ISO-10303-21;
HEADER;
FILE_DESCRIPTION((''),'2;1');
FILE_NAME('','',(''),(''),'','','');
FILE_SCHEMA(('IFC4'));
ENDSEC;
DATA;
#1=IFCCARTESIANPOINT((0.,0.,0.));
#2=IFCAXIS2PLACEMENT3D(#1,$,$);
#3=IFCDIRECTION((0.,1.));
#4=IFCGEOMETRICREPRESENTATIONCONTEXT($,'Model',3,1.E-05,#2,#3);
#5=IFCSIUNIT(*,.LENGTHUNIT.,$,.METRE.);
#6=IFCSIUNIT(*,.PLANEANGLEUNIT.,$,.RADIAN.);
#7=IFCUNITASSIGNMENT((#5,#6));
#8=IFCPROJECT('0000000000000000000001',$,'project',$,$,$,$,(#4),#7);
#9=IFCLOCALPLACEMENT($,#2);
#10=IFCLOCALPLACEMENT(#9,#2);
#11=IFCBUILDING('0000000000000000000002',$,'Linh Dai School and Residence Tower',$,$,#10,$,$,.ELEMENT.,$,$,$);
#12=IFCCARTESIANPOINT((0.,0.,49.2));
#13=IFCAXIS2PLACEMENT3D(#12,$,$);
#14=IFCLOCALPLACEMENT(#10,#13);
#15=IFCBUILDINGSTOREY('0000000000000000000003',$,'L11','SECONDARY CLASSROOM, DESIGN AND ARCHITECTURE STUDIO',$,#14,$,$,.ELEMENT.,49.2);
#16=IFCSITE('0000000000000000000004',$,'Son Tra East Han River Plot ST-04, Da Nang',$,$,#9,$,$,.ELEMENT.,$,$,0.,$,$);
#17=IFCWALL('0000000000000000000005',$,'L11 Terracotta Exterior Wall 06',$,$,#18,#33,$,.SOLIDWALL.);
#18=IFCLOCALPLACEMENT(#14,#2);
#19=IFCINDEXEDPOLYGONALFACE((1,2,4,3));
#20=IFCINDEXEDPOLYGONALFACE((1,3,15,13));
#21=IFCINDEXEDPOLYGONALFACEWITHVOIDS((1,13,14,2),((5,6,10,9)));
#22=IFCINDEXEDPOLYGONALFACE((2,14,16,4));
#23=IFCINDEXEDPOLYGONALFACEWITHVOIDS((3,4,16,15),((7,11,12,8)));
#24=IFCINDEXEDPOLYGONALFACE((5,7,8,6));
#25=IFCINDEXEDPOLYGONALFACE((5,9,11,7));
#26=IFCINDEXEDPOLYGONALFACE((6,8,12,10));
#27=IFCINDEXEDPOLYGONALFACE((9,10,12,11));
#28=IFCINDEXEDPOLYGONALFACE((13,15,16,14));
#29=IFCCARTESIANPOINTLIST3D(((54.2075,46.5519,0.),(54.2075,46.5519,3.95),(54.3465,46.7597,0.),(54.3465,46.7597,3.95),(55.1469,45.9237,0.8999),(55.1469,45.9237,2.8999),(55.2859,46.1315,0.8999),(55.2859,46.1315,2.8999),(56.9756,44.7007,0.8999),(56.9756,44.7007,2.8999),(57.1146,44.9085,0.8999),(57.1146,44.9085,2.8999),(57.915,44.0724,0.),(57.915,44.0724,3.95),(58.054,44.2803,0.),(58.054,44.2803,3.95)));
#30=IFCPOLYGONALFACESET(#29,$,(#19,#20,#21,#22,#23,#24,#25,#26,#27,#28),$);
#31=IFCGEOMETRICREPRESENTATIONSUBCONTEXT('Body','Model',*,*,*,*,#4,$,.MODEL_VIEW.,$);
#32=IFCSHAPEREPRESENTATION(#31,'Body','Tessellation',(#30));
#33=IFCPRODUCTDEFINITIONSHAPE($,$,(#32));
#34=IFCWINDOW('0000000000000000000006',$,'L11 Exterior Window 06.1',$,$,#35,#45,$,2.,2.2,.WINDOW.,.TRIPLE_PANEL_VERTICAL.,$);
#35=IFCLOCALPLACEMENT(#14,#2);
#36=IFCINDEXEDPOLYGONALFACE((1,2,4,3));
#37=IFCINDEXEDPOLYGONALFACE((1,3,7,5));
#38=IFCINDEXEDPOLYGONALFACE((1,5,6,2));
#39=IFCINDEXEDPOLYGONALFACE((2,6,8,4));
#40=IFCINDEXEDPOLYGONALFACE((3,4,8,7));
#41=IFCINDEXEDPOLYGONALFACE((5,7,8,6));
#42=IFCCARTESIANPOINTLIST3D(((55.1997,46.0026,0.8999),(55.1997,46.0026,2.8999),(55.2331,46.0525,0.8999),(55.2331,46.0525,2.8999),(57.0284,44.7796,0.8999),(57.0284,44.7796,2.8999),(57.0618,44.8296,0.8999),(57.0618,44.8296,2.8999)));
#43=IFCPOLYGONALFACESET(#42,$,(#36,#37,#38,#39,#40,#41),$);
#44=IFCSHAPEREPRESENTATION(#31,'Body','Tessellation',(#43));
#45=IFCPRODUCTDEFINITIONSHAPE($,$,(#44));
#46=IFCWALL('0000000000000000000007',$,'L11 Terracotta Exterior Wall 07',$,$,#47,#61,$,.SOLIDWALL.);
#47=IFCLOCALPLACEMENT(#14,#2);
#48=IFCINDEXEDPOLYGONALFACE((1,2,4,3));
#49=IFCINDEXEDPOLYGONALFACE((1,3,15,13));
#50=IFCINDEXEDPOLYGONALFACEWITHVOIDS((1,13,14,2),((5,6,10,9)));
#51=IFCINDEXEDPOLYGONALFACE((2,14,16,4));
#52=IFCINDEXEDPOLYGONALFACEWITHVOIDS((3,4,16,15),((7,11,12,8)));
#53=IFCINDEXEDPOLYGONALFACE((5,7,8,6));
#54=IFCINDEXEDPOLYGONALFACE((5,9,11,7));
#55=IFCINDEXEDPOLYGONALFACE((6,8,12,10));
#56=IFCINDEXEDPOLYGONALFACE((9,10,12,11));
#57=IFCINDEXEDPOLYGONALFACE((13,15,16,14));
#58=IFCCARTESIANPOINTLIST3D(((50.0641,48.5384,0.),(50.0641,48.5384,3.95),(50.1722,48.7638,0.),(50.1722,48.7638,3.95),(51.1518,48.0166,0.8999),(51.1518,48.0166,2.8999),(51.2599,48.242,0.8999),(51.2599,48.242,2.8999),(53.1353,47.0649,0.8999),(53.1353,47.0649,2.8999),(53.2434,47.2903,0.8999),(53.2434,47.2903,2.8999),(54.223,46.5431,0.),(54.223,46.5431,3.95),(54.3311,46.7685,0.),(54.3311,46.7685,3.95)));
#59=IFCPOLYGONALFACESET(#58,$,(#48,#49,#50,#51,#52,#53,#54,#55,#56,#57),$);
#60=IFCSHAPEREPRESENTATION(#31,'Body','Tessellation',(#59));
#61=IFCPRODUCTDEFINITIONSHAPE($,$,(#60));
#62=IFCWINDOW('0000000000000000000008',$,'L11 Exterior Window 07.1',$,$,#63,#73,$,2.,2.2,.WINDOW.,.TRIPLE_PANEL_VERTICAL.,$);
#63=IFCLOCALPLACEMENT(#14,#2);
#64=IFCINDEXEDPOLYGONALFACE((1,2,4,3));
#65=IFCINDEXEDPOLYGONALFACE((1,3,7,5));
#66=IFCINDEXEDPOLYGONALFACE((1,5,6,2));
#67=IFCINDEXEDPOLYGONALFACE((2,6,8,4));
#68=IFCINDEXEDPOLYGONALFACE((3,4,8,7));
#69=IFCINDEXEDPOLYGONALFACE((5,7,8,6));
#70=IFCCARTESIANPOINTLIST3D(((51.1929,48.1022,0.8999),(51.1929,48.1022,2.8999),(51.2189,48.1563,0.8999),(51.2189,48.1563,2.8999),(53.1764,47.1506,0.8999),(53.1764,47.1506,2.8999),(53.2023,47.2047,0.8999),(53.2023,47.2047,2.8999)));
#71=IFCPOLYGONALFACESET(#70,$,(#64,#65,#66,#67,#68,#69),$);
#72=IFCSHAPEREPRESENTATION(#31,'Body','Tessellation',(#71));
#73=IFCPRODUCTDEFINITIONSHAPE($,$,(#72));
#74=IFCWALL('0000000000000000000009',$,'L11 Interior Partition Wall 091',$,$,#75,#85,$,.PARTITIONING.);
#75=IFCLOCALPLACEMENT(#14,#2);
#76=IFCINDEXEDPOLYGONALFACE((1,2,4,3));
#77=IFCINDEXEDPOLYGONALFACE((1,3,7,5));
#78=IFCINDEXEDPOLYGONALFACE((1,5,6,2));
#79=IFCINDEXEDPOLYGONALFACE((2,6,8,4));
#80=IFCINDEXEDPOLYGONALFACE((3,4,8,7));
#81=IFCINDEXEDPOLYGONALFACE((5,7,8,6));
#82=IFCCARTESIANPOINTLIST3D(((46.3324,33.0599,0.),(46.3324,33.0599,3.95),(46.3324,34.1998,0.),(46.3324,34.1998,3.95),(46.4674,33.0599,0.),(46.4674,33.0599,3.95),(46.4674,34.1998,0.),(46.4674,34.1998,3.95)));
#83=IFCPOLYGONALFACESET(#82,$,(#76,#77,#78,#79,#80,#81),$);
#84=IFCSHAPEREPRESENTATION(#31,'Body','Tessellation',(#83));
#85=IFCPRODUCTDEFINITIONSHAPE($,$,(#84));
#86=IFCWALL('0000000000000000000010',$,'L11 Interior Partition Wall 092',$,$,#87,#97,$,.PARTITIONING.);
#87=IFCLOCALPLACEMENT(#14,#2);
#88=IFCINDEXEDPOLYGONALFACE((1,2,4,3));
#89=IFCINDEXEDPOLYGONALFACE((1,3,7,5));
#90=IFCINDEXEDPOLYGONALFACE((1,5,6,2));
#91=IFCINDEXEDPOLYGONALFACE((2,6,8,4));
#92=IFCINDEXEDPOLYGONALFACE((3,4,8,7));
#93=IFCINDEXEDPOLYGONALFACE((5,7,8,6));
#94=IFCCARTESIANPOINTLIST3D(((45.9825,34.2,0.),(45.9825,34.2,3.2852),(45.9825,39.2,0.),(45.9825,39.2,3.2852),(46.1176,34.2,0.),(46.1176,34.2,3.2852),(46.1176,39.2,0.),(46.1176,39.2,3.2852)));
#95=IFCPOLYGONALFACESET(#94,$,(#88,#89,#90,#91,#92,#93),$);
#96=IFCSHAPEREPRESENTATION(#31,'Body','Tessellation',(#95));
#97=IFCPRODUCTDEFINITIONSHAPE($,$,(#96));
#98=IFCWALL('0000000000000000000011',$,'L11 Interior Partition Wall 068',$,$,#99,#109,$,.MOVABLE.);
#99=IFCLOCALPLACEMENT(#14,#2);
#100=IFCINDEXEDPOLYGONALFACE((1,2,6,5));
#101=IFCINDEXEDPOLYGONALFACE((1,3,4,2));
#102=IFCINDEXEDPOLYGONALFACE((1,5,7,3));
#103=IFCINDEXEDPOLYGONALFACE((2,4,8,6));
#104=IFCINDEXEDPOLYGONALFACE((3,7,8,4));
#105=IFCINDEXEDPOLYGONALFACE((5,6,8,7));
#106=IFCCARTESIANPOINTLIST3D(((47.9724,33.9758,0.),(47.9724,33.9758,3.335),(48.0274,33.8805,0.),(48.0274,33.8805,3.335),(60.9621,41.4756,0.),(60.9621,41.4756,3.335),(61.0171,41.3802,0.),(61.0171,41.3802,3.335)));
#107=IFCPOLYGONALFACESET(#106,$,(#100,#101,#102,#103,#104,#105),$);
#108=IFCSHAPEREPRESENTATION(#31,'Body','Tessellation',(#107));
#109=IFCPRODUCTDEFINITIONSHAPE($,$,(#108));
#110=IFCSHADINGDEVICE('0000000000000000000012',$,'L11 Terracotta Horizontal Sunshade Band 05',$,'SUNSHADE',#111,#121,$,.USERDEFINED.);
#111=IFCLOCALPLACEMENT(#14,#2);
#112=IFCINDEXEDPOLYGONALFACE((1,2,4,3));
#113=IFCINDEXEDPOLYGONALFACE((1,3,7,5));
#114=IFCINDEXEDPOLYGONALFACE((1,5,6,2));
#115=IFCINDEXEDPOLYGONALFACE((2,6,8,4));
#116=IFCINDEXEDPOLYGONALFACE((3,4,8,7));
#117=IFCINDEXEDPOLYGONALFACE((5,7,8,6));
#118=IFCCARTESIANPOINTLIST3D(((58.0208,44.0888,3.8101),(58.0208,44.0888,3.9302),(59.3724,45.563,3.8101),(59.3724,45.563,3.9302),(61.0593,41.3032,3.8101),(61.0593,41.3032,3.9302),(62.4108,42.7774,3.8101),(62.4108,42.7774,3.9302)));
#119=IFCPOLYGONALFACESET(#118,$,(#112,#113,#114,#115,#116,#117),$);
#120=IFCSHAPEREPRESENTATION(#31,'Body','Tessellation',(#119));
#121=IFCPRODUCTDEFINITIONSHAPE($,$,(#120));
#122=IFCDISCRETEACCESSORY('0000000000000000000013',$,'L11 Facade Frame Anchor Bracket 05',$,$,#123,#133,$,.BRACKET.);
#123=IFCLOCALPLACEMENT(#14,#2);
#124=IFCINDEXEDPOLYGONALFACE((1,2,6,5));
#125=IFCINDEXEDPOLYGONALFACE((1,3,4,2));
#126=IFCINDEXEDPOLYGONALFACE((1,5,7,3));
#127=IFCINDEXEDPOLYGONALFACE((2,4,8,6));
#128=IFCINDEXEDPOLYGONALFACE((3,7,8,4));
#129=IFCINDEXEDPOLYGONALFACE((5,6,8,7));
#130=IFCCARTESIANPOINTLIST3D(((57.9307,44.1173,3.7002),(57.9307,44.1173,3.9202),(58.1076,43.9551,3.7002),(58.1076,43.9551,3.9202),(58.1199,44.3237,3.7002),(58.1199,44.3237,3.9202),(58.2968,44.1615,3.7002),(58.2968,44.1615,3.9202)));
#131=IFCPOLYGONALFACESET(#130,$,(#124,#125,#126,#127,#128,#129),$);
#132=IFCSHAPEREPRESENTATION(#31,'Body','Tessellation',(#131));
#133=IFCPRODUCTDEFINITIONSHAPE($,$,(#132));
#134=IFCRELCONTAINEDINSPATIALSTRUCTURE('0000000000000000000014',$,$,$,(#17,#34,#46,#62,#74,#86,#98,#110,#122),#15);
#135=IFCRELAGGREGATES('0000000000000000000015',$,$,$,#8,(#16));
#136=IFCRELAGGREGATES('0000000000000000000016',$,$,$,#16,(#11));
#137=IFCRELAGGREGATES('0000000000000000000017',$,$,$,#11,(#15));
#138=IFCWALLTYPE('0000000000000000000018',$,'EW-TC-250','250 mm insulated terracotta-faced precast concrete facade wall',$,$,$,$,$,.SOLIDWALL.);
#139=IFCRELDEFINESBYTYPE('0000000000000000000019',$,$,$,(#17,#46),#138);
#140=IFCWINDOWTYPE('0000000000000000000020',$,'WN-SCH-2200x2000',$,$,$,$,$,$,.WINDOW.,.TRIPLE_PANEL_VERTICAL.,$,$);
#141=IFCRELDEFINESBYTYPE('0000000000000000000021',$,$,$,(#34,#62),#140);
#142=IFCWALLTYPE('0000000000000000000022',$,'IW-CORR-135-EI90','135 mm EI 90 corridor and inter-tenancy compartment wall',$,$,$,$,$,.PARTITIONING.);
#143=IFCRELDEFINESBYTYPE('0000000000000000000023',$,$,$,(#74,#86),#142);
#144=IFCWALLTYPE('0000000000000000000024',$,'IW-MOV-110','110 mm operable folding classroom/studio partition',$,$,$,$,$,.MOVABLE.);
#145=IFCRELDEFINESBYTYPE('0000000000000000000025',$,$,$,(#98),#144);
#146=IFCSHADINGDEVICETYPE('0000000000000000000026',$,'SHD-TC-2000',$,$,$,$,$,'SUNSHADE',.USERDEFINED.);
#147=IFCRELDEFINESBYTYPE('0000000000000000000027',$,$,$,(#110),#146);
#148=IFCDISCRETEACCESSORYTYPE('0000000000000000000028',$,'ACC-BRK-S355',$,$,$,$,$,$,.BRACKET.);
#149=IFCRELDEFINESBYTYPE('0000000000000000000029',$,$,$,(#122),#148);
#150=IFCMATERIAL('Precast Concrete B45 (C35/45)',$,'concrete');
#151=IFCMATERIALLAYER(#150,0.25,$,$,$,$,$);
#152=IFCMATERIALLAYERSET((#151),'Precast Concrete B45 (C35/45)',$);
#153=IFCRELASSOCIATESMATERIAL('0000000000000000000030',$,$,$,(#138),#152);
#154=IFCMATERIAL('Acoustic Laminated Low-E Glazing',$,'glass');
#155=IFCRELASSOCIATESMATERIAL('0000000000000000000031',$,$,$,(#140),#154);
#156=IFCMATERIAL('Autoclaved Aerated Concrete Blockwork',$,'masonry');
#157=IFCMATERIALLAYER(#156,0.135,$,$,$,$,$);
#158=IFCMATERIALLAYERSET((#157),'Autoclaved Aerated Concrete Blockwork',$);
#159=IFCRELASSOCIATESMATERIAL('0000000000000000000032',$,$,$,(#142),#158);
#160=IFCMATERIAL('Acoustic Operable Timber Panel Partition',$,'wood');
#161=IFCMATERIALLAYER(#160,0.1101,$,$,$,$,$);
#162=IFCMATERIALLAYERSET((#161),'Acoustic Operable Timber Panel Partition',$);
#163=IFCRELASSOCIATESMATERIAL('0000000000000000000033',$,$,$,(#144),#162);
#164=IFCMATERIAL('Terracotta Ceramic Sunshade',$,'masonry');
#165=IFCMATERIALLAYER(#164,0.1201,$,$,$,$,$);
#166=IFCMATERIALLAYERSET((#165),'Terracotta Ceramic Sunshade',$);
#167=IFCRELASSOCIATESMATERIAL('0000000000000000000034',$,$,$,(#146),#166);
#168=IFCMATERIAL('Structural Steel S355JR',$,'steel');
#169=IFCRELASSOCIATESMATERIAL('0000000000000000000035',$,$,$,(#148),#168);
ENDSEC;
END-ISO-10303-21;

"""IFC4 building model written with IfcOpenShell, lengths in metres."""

from ifc_helpers import new_model, si_unit, direction, frame, frame_2d, origin, origin_2d, place, context, subcontext, project, spatial, rectangle, extrude, source, transform, mapped, material, layer, layer_set, type_object, element, fill, save


model = new_model("IFC4")

# Units and contexts
model_context = context("Model", 3, precision=1e-05, world=origin(), true_north=direction((0.0, 1.0)))
body_context = subcontext(model_context, "Body", "Model", "MODEL_VIEW")
ifc_project = project(units=[si_unit("LENGTHUNIT", "METRE"), si_unit("PLANEANGLEUNIT", "RADIAN")], contexts=[model_context])

# Site, building, storey
site_placement = place(None, origin())
site = spatial("IfcSite", under=ifc_project, at=site_placement, Name="Son Tra East Han River Plot ST-04, Da Nang", CompositionType="ELEMENT", RefElevation=0.0)
building_placement = place(site_placement, origin())
building = spatial("IfcBuilding", under=site, at=building_placement, Name="Linh Dai School and Residence Tower", CompositionType="ELEMENT")
storey_placement = place(building_placement, frame((0.0, 0.0, 49.2)))
storey = spatial("IfcBuildingStorey", under=building, at=storey_placement, Name="L11", Description="SECONDARY CLASSROOM, DESIGN AND ARCHITECTURE STUDIO", CompositionType="ELEMENT", Elevation=49.2)

# Shared definitions
ifc_material_1 = material(Name="Structural Steel S355JR", Category="steel")

# Shared definitions
ifc_material_2 = material(Name="Precast Concrete B45 (C35/45)", Category="concrete")

# Shared definitions
ifc_layer_1 = layer(ifc_material_2, 0.25)
ifc_layer_set_1 = layer_set([ifc_layer_1], Name="Precast Concrete B45 (C35/45)")
wall_type_1 = type_object("IfcWallType", Name="EW-TC-250", Description="250 mm insulated terracotta-faced precast concrete facade wall", PredefinedType="SOLIDWALL", material=ifc_layer_set_1)

# Shared definitions
ifc_material_3 = material(Name="Acoustic Laminated Low-E Glazing", Category="glass")
window_type = type_object("IfcWindowType", Name="WN-SCH-2200x2000", PartitioningType="TRIPLE_PANEL_VERTICAL", PredefinedType="WINDOW", material=ifc_material_3)
shared_shape_1 = source(origin(), body_context, "Body", "SweptSolid", [
    extrude(rectangle(XDim=2.2, YDim=2.0, at=origin_2d()), frame((1.1001, 0.03, 1.0), z_axis=(0.0, -1.0, 0.0), x_axis=(1.0, 0.0, 0.0)), (0.0, 0.0, 1.0), 0.0601),
])

# Walls, openings, windows
wall_1_placement = place(storey_placement, frame((54.2771, 46.6558, 0.0), z_axis=(0.0, 0.0, 1.0), x_axis=(0.831241, -0.555912, 0.0)))
wall_1 = element("IfcWall", 1, at=wall_1_placement, inside=storey, type_object=wall_type_1, Name="L11 Terracotta Exterior Wall 06", PredefinedType="SOLIDWALL", context=body_context, shape_type="SweptSolid", body=[
    extrude(rectangle(XDim=4.4602, YDim=0.25, at=frame_2d((2.23, 0.0))), origin(), (0.0, 0.0, 1.0), 3.95),
])
opening_1_placement = place(wall_1_placement, frame((1.1299, 0.0, 0.8999)))
opening_1 = element("IfcOpeningElement", 2, at=opening_1_placement, cuts=wall_1, PredefinedType="OPENING", context=body_context, shape_type="SweptSolid", body=[
    extrude(rectangle(XDim=2.2, YDim=2.0, at=origin_2d()), frame((1.1001, 0.135, 1.0), z_axis=(0.0, -1.0, 0.0), x_axis=(1.0, 0.0, 0.0)), (0.0, 0.0, 1.0), 0.27),
])
window_1_placement = place(opening_1_placement, origin())
window_1 = element("IfcWindow", 3, at=window_1_placement, inside=storey, type_object=window_type, Name="L11 Exterior Window 06.1", OverallHeight=2.0, OverallWidth=2.2, PartitioningType="TRIPLE_PANEL_VERTICAL", PredefinedType="WINDOW", context=body_context, shape_type="MappedRepresentation", body=[
    mapped(shared_shape_1, transform((0.0, 0.0, 0.0), x_axis=(1.0, 0.0, 0.0), y_axis=(0.0, 1.0, 0.0), z_axis=(0.0, 0.0, 1.0), scale=1.0)),
])
fill(opening_1, window_1)
wall_2_placement = place(storey_placement, frame((50.1182, 48.6511, 0.0), z_axis=(0.0, 0.0, 1.0), x_axis=(0.901602, -0.432568, 0.0)))
wall_2 = element("IfcWall", 4, at=wall_2_placement, inside=storey, type_object=wall_type_1, Name="L11 Terracotta Exterior Wall 07", PredefinedType="SOLIDWALL", context=body_context, shape_type="SweptSolid", body=[
    extrude(rectangle(XDim=4.6128, YDim=0.25, at=frame_2d((2.3064, 0.0))), origin(), (0.0, 0.0, 1.0), 3.95),
])
opening_2_placement = place(wall_2_placement, frame((1.2063, 0.0, 0.8999)))
opening_2 = element("IfcOpeningElement", 5, at=opening_2_placement, cuts=wall_2, PredefinedType="OPENING", context=body_context, shape_type="SweptSolid", body=[
    extrude(rectangle(XDim=2.2, YDim=2.0, at=origin_2d()), frame((1.1001, 0.135, 1.0), z_axis=(0.0, -1.0, 0.0), x_axis=(1.0, 0.0, 0.0)), (0.0, 0.0, 1.0), 0.27),
])
window_2_placement = place(opening_2_placement, origin())
window_2 = element("IfcWindow", 6, at=window_2_placement, inside=storey, type_object=window_type, Name="L11 Exterior Window 07.1", OverallHeight=2.0, OverallWidth=2.2, PartitioningType="TRIPLE_PANEL_VERTICAL", PredefinedType="WINDOW", context=body_context, shape_type="MappedRepresentation", body=[
    mapped(shared_shape_1, transform((0.0, 0.0, 0.0), x_axis=(1.0, 0.0, 0.0), y_axis=(0.0, 1.0, 0.0), z_axis=(0.0, 0.0, 1.0), scale=1.0)),
])
fill(opening_2, window_2)

# Walls
ifc_material_4 = material(Name="Autoclaved Aerated Concrete Blockwork", Category="masonry")
ifc_layer_2 = layer(ifc_material_4, 0.135)
ifc_layer_set_2 = layer_set([ifc_layer_2], Name="Autoclaved Aerated Concrete Blockwork")
wall_type_2 = type_object("IfcWallType", Name="IW-CORR-135-EI90", Description="135 mm EI 90 corridor and inter-tenancy compartment wall", PredefinedType="PARTITIONING", material=ifc_layer_set_2)
wall_3_placement = place(storey_placement, frame((46.3999, 33.0601, 0.0), z_axis=(0.0, 0.0, 1.0), x_axis=(0.0, 1.0, 0.0)))
element("IfcWall", 7, at=wall_3_placement, inside=storey, type_object=wall_type_2, Name="L11 Interior Partition Wall 091", PredefinedType="PARTITIONING", context=body_context, shape_type="SweptSolid", body=[
    extrude(rectangle(XDim=1.1399, YDim=0.135, at=frame_2d((0.5698, 0.0))), origin(), (0.0, 0.0, 1.0), 3.95),
])
wall_4_placement = place(storey_placement, frame((46.05, 34.2, 0.0), z_axis=(0.0, 0.0, 1.0), x_axis=(0.0, 1.0, 0.0)))
element("IfcWall", 8, at=wall_4_placement, inside=storey, type_object=wall_type_2, Name="L11 Interior Partition Wall 092", PredefinedType="PARTITIONING", context=body_context, shape_type="SweptSolid", body=[
    extrude(rectangle(XDim=5.0, YDim=0.135, at=frame_2d((2.5, 0.0))), origin(), (0.0, 0.0, 1.0), 3.2852),
])
ifc_material_5 = material(Name="Acoustic Operable Timber Panel Partition", Category="wood")
ifc_layer_3 = layer(ifc_material_5, 0.1101)
ifc_layer_set_3 = layer_set([ifc_layer_3], Name="Acoustic Operable Timber Panel Partition")
wall_type_3 = type_object("IfcWallType", Name="IW-MOV-110", Description="110 mm operable folding classroom/studio partition", PredefinedType="MOVABLE", material=ifc_layer_set_3)
wall_5_placement = place(storey_placement, frame((48.0, 33.9282, 0.0), z_axis=(0.0, 0.0, 1.0), x_axis=(0.866022, 0.500006, 0.0)))
element("IfcWall", 9, at=wall_5_placement, inside=storey, type_object=wall_type_3, Name="L11 Interior Partition Wall 068", PredefinedType="MOVABLE", context=body_context, shape_type="SweptSolid", body=[
    extrude(rectangle(XDim=14.9993, YDim=0.1101, at=frame_2d((7.4995, 0.0))), origin(), (0.0, 0.0, 1.0), 3.335),
])

# Shading device
ifc_material_6 = material(Name="Terracotta Ceramic Sunshade", Category="masonry")
ifc_layer_4 = layer(ifc_material_6, 0.1201)
ifc_layer_set_4 = layer_set([ifc_layer_4], Name="Terracotta Ceramic Sunshade")
shading_device_type = type_object("IfcShadingDeviceType", Name="SHD-TC-2000", ElementType="SUNSHADE", PredefinedType="USERDEFINED", material=ifc_layer_set_4)
shared_shape_2 = source(origin(), body_context, "Body", "SweptSolid", [
    extrude(rectangle(XDim=4.1221, YDim=2.0, at=origin_2d()), origin(), (0.0, 0.0, 1.0), 0.1201),
])
shading_device_placement = place(storey_placement, frame((60.2158, 43.4331, 3.8101), z_axis=(0.0, 0.0, 1.0), x_axis=(0.737113, -0.675769, 0.0)))
element("IfcShadingDevice", 10, at=shading_device_placement, inside=storey, type_object=shading_device_type, Name="L11 Terracotta Horizontal Sunshade Band 05", ObjectType="SUNSHADE", PredefinedType="USERDEFINED", context=body_context, shape_type="MappedRepresentation", body=[
    mapped(shared_shape_2, transform((0.0, 0.0, 0.0), x_axis=(1.0, 0.0, 0.0), y_axis=(0.0, 1.0, 0.0), z_axis=(0.0, 0.0, 1.0), scale=1.0)),
])

# Discrete accessory
discrete_accessory_type = type_object("IfcDiscreteAccessoryType", Name="ACC-BRK-S355", PredefinedType="BRACKET", material=ifc_material_1)
shared_shape_3 = source(origin(), body_context, "Body", "SweptSolid", [
    extrude(rectangle(XDim=0.28, YDim=0.24, at=origin_2d()), origin(), (0.0, 0.0, 1.0), 0.22),
])
discrete_accessory_placement = place(storey_placement, frame((58.1138, 44.1394, 3.7002), z_axis=(0.0, 0.0, 1.0), x_axis=(0.675769, 0.737113, 0.0)))
element("IfcDiscreteAccessory", 11, at=discrete_accessory_placement, inside=storey, type_object=discrete_accessory_type, Name="L11 Facade Frame Anchor Bracket 05", PredefinedType="BRACKET", context=body_context, shape_type="MappedRepresentation", body=[
    mapped(shared_shape_3, transform((0.0, 0.0, 0.0), x_axis=(1.0, 0.0, 0.0), y_axis=(0.0, 1.0, 0.0), z_axis=(0.0, 0.0, 1.0), scale=1.0)),
])

save(model, "model.ifc")
